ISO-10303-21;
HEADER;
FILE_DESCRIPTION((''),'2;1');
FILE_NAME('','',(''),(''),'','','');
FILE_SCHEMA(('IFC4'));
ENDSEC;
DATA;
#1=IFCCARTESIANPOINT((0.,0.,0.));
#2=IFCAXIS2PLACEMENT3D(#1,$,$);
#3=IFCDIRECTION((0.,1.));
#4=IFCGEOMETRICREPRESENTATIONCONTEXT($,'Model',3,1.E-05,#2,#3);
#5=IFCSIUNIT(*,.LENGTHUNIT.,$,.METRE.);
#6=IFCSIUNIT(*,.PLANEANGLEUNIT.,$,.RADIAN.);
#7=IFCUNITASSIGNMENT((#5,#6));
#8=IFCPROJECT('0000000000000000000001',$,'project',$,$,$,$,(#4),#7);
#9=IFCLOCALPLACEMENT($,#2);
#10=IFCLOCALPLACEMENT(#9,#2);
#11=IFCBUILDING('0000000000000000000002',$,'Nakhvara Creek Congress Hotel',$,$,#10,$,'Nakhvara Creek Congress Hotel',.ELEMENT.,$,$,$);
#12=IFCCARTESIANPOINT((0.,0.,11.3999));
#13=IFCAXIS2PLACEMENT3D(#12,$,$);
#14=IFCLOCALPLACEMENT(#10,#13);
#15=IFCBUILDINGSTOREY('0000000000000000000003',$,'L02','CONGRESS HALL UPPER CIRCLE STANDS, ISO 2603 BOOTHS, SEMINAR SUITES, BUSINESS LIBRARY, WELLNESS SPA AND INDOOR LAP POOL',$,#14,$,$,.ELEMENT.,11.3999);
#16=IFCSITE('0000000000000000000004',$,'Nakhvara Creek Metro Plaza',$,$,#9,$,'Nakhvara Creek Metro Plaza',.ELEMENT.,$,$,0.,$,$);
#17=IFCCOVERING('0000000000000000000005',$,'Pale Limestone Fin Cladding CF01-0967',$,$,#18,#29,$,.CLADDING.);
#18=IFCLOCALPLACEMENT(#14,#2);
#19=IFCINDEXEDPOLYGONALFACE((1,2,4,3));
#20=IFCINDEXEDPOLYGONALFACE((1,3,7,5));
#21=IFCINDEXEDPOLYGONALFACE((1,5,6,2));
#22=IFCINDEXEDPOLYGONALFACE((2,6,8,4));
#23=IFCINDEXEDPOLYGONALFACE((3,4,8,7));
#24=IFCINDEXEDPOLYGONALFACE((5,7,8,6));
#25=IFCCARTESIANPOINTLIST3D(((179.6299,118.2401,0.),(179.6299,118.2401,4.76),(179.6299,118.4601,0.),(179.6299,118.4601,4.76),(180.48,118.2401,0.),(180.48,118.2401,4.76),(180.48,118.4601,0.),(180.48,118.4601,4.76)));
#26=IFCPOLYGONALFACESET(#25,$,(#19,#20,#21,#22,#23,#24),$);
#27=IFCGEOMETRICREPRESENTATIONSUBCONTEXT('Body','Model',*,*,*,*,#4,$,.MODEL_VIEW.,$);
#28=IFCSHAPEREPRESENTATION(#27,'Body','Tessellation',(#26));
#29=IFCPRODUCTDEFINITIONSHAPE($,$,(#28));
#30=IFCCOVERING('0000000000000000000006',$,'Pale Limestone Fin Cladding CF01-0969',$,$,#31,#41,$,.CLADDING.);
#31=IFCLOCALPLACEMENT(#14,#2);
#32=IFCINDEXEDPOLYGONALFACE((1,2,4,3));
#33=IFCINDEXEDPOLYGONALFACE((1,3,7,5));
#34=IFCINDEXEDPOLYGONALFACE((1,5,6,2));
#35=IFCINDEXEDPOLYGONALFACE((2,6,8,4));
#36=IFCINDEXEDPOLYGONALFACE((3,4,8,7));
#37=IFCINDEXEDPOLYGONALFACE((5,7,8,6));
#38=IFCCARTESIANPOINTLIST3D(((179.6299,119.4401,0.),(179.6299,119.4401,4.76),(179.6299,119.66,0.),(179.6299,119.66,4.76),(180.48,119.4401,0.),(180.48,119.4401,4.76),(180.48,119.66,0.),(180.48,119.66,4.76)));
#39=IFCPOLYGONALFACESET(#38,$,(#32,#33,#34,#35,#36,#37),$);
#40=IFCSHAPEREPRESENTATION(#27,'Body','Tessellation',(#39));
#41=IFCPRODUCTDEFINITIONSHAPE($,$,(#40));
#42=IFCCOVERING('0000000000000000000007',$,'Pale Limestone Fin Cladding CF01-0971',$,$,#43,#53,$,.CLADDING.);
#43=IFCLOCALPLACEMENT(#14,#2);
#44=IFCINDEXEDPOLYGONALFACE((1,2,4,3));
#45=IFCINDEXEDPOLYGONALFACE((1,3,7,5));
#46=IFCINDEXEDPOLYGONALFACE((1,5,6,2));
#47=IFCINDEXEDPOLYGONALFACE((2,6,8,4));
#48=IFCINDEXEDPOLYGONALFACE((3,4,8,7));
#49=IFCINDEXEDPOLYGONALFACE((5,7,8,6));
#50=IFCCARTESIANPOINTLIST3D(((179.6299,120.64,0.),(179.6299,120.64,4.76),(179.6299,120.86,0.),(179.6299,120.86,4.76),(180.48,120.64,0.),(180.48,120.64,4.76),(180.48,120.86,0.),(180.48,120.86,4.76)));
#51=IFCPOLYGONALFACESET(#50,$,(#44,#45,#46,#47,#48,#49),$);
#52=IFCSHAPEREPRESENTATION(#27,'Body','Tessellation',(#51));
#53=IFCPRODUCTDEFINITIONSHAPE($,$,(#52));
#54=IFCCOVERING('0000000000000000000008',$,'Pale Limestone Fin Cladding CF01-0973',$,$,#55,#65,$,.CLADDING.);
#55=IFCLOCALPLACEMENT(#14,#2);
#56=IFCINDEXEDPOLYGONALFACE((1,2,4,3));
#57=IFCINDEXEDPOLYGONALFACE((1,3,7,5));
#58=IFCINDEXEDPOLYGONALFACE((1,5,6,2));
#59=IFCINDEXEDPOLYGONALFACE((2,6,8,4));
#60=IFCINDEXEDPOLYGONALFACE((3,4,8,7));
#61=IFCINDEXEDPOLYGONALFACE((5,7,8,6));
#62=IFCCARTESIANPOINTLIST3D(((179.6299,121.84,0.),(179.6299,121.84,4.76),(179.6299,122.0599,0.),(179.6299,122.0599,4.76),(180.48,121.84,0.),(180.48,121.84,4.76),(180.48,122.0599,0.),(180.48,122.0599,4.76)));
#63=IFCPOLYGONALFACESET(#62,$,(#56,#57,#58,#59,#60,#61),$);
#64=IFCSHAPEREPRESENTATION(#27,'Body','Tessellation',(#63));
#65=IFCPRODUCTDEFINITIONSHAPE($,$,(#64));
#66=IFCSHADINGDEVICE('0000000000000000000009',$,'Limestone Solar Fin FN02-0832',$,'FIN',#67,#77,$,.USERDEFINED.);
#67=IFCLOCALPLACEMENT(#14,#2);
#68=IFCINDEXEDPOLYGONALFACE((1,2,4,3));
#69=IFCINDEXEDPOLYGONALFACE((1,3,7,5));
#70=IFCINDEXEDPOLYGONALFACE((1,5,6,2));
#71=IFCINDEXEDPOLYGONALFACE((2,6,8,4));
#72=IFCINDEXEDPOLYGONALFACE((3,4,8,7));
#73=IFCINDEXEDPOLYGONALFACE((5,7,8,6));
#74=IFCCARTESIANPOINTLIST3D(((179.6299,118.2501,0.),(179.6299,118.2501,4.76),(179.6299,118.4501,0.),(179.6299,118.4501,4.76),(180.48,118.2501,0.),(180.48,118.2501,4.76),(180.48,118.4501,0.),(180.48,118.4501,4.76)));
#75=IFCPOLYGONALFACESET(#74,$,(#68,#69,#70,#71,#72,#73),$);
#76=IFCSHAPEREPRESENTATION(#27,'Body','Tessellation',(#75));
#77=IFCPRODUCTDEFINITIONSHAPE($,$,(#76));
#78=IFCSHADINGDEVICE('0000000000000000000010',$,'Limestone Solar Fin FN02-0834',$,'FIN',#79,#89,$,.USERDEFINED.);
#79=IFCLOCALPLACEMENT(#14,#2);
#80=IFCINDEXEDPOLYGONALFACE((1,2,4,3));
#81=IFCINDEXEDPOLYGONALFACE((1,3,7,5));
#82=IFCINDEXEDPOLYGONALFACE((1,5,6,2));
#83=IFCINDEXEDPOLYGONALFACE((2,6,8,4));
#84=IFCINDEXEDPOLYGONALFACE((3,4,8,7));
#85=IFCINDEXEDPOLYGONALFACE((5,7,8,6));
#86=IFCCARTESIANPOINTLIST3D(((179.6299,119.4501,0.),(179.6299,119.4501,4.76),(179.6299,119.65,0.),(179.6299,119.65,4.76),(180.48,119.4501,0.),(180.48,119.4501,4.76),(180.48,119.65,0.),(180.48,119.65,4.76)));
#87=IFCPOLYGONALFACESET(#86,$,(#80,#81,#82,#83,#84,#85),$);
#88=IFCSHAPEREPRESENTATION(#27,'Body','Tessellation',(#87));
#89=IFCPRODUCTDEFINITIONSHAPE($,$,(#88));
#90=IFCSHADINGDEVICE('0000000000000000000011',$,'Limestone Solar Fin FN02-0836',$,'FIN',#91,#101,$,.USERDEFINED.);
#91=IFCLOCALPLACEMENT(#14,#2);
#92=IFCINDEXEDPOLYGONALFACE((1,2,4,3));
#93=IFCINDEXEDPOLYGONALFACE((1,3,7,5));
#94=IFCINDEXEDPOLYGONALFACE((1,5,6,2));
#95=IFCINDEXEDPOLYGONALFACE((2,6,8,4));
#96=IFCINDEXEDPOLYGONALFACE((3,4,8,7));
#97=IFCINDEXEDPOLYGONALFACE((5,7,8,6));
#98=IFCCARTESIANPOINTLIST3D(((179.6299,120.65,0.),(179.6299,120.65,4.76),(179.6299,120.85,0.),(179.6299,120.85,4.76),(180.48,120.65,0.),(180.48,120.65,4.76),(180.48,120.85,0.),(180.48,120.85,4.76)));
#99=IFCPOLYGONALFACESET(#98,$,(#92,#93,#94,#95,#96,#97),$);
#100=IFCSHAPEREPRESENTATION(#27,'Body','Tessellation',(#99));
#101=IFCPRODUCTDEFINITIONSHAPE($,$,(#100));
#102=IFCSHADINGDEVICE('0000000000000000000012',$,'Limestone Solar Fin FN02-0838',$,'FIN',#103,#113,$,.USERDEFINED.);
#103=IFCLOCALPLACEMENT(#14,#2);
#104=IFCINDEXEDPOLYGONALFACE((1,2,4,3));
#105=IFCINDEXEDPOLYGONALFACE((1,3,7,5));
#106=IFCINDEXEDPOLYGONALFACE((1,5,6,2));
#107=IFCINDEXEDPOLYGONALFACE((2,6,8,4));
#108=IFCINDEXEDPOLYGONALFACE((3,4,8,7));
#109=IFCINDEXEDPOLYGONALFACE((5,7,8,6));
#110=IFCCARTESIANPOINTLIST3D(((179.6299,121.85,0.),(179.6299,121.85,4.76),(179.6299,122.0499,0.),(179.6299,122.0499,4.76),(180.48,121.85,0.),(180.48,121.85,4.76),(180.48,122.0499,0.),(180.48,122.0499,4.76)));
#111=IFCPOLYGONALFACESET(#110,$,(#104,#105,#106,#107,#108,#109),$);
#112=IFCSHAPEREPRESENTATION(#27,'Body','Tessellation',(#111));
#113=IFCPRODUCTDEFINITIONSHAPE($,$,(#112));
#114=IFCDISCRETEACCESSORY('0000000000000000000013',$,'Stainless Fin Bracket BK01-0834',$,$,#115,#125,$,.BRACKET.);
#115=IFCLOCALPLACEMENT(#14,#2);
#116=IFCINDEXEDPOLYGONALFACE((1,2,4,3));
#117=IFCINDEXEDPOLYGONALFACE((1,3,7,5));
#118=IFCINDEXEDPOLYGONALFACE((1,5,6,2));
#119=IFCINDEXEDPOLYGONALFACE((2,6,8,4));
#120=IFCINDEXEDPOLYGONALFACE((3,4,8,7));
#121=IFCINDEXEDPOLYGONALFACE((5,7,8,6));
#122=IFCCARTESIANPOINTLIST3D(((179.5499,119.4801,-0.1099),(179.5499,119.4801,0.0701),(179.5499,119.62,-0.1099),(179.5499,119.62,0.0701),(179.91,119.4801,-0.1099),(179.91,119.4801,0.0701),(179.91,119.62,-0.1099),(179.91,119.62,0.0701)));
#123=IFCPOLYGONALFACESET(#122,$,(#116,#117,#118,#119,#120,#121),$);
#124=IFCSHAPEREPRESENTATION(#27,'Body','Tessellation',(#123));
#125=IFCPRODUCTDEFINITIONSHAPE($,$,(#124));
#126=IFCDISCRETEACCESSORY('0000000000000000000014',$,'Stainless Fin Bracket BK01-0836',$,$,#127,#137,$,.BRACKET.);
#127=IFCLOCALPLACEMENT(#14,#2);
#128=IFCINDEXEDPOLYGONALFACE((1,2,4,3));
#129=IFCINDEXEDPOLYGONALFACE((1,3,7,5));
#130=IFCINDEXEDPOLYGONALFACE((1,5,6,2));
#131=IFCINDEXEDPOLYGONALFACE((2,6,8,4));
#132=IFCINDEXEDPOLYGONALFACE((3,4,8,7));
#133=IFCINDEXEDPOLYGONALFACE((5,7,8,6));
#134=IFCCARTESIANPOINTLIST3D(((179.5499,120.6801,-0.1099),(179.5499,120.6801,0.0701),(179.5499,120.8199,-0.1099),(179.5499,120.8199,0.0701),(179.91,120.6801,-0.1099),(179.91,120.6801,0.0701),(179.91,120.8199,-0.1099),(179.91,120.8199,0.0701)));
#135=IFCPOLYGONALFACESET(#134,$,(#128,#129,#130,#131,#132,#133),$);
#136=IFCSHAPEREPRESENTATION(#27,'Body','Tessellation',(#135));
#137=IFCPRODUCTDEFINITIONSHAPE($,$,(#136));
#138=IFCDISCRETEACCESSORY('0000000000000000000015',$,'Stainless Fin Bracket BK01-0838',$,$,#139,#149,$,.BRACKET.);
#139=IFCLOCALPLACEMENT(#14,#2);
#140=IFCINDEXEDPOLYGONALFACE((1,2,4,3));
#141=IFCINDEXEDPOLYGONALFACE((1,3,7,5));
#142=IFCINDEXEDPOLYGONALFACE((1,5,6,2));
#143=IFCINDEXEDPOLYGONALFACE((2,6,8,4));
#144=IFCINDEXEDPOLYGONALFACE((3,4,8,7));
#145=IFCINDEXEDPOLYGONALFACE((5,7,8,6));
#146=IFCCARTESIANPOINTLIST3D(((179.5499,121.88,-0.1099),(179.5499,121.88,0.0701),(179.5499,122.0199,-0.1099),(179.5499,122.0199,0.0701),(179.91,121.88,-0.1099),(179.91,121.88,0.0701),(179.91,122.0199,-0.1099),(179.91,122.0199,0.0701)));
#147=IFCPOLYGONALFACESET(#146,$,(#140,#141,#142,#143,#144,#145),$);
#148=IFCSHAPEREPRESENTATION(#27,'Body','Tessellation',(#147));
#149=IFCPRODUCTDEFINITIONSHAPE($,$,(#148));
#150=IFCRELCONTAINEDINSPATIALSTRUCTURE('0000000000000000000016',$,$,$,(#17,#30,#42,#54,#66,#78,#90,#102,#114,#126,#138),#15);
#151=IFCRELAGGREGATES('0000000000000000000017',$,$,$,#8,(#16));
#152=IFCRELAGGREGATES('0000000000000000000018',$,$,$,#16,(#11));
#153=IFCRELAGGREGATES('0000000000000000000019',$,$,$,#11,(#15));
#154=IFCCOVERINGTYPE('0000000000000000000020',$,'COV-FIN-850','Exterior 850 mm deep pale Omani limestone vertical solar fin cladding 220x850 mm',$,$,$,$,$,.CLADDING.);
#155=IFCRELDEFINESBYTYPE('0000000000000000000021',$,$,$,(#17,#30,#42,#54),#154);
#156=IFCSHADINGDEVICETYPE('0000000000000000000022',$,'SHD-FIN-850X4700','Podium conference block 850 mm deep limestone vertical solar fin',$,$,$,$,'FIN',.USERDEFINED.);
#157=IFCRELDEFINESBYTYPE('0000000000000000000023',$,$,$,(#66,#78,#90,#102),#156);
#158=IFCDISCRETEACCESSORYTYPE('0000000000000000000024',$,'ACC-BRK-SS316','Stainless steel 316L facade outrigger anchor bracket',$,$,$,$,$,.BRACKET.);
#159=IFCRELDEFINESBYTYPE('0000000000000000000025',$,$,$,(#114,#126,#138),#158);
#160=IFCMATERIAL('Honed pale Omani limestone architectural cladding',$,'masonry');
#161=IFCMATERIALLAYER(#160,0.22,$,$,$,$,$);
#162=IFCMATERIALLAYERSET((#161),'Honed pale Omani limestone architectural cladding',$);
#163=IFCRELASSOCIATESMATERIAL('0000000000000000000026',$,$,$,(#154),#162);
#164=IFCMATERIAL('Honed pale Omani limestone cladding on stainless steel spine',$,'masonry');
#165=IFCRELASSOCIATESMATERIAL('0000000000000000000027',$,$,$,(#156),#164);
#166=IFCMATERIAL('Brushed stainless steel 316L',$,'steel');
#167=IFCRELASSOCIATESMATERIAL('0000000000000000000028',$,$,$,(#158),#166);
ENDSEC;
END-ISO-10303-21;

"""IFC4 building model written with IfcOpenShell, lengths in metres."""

from ifc_helpers import new_model, si_unit, direction, frame, origin, origin_2d, place, context, subcontext, project, spatial, rectangle, extrude, material, layer, layer_set, type_object, element, save


model = new_model("IFC4")

# Units and contexts
model_context = context("Model", 3, precision=1e-05, world=origin(), true_north=direction((0.0, 1.0)))
body_context = subcontext(model_context, "Body", "Model", "MODEL_VIEW")
ifc_project = project(units=[si_unit("LENGTHUNIT", "METRE"), si_unit("PLANEANGLEUNIT", "RADIAN")], contexts=[model_context])

# Site, building, storey
site_placement = place(None, origin())
site = spatial("IfcSite", under=ifc_project, at=site_placement, Name="Nakhvara Creek Metro Plaza", LongName="Nakhvara Creek Metro Plaza", CompositionType="ELEMENT", RefElevation=0.0)
building_placement = place(site_placement, origin())
building = spatial("IfcBuilding", under=site, at=building_placement, Name="Nakhvara Creek Congress Hotel", LongName="Nakhvara Creek Congress Hotel", CompositionType="ELEMENT")
storey_placement = place(building_placement, frame((0.0, 0.0, 11.3999)))
storey = spatial("IfcBuildingStorey", under=building, at=storey_placement, Name="L02", Description="CONGRESS HALL UPPER CIRCLE STANDS, ISO 2603 BOOTHS, SEMINAR SUITES, BUSINESS LIBRARY, WELLNESS SPA AND INDOOR LAP POOL", CompositionType="ELEMENT", Elevation=11.3999)

# Coverings
ifc_material_1 = material(Name="Honed pale Omani limestone architectural cladding", Category="masonry")
ifc_layer_1 = layer(ifc_material_1, 0.22)
ifc_layer_set_1 = layer_set([ifc_layer_1], Name="Honed pale Omani limestone architectural cladding")
covering_type = type_object("IfcCoveringType", Name="COV-FIN-850", Description="Exterior 850 mm deep pale Omani limestone vertical solar fin cladding 220x850 mm", PredefinedType="CLADDING", material=ifc_layer_set_1)
for number, where, z_axis, x_axis, name in (
    (1, (180.0549, 118.3501, 0.0), (0.0, 0.0, 1.0), (0.0, 1.0, 0.0), "Pale Limestone Fin Cladding CF01-0967"),
    (2, (180.0549, 119.55, 0.0), (0.0, 0.0, 1.0), (0.0, 1.0, 0.0), "Pale Limestone Fin Cladding CF01-0969"),
    (3, (180.0549, 120.75, 0.0), (0.0, 0.0, 1.0), (0.0, 1.0, 0.0), "Pale Limestone Fin Cladding CF01-0971"),
    (4, (180.0549, 121.95, 0.0), (0.0, 0.0, 1.0), (0.0, 1.0, 0.0), "Pale Limestone Fin Cladding CF01-0973"),
):
    element("IfcCovering", number, at=place(storey_placement, frame(where, z_axis=z_axis, x_axis=x_axis)), inside=storey, type_object=covering_type, Name=name, PredefinedType="CLADDING", context=body_context, shape_type="SweptSolid", body=[
        extrude(rectangle(XDim=0.22, YDim=0.8501, at=origin_2d()), origin(), (0.0, 0.0, 1.0), 4.76),
    ])

# Shading devices
ifc_material_2 = material(Name="Honed pale Omani limestone cladding on stainless steel spine", Category="masonry")
shading_device_type = type_object("IfcShadingDeviceType", Name="SHD-FIN-850X4700", Description="Podium conference block 850 mm deep limestone vertical solar fin", ElementType="FIN", PredefinedType="USERDEFINED", material=ifc_material_2)
for number, where, z_axis, x_axis, name in (
    (5, (180.0549, 118.3501, 0.0), (0.0, 0.0, 1.0), (0.0, 1.0, 0.0), "Limestone Solar Fin FN02-0832"),
    (6, (180.0549, 119.55, 0.0), (0.0, 0.0, 1.0), (0.0, 1.0, 0.0), "Limestone Solar Fin FN02-0834"),
    (7, (180.0549, 120.75, 0.0), (0.0, 0.0, 1.0), (0.0, 1.0, 0.0), "Limestone Solar Fin FN02-0836"),
    (8, (180.0549, 121.95, 0.0), (0.0, 0.0, 1.0), (0.0, 1.0, 0.0), "Limestone Solar Fin FN02-0838"),
):
    element("IfcShadingDevice", number, at=place(storey_placement, frame(where, z_axis=z_axis, x_axis=x_axis)), inside=storey, type_object=shading_device_type, Name=name, ObjectType="FIN", PredefinedType="USERDEFINED", context=body_context, shape_type="SweptSolid", body=[
        extrude(rectangle(XDim=0.2, YDim=0.8501, at=origin_2d()), origin(), (0.0, 0.0, 1.0), 4.76),
    ])

# Discrete accessories
ifc_material_3 = material(Name="Brushed stainless steel 316L", Category="steel")
discrete_accessory_type = type_object("IfcDiscreteAccessoryType", Name="ACC-BRK-SS316", Description="Stainless steel 316L facade outrigger anchor bracket", PredefinedType="BRACKET", material=ifc_material_3)
for number, where, z_axis, x_axis, name in (
    (9, (179.73, 119.55, -0.1099), (0.0, 0.0, 1.0), (0.0, 1.0, 0.0), "Stainless Fin Bracket BK01-0834"),
    (10, (179.73, 120.75, -0.1099), (0.0, 0.0, 1.0), (0.0, 1.0, 0.0), "Stainless Fin Bracket BK01-0836"),
    (11, (179.73, 121.95, -0.1099), (0.0, 0.0, 1.0), (0.0, 1.0, 0.0), "Stainless Fin Bracket BK01-0838"),
):
    element("IfcDiscreteAccessory", number, at=place(storey_placement, frame(where, z_axis=z_axis, x_axis=x_axis)), inside=storey, type_object=discrete_accessory_type, Name=name, PredefinedType="BRACKET", context=body_context, shape_type="SweptSolid", body=[
        extrude(rectangle(XDim=0.1399, YDim=0.3601, at=origin_2d()), origin(), (0.0, 0.0, 1.0), 0.1799),
    ])

save(model, "model.ifc")
